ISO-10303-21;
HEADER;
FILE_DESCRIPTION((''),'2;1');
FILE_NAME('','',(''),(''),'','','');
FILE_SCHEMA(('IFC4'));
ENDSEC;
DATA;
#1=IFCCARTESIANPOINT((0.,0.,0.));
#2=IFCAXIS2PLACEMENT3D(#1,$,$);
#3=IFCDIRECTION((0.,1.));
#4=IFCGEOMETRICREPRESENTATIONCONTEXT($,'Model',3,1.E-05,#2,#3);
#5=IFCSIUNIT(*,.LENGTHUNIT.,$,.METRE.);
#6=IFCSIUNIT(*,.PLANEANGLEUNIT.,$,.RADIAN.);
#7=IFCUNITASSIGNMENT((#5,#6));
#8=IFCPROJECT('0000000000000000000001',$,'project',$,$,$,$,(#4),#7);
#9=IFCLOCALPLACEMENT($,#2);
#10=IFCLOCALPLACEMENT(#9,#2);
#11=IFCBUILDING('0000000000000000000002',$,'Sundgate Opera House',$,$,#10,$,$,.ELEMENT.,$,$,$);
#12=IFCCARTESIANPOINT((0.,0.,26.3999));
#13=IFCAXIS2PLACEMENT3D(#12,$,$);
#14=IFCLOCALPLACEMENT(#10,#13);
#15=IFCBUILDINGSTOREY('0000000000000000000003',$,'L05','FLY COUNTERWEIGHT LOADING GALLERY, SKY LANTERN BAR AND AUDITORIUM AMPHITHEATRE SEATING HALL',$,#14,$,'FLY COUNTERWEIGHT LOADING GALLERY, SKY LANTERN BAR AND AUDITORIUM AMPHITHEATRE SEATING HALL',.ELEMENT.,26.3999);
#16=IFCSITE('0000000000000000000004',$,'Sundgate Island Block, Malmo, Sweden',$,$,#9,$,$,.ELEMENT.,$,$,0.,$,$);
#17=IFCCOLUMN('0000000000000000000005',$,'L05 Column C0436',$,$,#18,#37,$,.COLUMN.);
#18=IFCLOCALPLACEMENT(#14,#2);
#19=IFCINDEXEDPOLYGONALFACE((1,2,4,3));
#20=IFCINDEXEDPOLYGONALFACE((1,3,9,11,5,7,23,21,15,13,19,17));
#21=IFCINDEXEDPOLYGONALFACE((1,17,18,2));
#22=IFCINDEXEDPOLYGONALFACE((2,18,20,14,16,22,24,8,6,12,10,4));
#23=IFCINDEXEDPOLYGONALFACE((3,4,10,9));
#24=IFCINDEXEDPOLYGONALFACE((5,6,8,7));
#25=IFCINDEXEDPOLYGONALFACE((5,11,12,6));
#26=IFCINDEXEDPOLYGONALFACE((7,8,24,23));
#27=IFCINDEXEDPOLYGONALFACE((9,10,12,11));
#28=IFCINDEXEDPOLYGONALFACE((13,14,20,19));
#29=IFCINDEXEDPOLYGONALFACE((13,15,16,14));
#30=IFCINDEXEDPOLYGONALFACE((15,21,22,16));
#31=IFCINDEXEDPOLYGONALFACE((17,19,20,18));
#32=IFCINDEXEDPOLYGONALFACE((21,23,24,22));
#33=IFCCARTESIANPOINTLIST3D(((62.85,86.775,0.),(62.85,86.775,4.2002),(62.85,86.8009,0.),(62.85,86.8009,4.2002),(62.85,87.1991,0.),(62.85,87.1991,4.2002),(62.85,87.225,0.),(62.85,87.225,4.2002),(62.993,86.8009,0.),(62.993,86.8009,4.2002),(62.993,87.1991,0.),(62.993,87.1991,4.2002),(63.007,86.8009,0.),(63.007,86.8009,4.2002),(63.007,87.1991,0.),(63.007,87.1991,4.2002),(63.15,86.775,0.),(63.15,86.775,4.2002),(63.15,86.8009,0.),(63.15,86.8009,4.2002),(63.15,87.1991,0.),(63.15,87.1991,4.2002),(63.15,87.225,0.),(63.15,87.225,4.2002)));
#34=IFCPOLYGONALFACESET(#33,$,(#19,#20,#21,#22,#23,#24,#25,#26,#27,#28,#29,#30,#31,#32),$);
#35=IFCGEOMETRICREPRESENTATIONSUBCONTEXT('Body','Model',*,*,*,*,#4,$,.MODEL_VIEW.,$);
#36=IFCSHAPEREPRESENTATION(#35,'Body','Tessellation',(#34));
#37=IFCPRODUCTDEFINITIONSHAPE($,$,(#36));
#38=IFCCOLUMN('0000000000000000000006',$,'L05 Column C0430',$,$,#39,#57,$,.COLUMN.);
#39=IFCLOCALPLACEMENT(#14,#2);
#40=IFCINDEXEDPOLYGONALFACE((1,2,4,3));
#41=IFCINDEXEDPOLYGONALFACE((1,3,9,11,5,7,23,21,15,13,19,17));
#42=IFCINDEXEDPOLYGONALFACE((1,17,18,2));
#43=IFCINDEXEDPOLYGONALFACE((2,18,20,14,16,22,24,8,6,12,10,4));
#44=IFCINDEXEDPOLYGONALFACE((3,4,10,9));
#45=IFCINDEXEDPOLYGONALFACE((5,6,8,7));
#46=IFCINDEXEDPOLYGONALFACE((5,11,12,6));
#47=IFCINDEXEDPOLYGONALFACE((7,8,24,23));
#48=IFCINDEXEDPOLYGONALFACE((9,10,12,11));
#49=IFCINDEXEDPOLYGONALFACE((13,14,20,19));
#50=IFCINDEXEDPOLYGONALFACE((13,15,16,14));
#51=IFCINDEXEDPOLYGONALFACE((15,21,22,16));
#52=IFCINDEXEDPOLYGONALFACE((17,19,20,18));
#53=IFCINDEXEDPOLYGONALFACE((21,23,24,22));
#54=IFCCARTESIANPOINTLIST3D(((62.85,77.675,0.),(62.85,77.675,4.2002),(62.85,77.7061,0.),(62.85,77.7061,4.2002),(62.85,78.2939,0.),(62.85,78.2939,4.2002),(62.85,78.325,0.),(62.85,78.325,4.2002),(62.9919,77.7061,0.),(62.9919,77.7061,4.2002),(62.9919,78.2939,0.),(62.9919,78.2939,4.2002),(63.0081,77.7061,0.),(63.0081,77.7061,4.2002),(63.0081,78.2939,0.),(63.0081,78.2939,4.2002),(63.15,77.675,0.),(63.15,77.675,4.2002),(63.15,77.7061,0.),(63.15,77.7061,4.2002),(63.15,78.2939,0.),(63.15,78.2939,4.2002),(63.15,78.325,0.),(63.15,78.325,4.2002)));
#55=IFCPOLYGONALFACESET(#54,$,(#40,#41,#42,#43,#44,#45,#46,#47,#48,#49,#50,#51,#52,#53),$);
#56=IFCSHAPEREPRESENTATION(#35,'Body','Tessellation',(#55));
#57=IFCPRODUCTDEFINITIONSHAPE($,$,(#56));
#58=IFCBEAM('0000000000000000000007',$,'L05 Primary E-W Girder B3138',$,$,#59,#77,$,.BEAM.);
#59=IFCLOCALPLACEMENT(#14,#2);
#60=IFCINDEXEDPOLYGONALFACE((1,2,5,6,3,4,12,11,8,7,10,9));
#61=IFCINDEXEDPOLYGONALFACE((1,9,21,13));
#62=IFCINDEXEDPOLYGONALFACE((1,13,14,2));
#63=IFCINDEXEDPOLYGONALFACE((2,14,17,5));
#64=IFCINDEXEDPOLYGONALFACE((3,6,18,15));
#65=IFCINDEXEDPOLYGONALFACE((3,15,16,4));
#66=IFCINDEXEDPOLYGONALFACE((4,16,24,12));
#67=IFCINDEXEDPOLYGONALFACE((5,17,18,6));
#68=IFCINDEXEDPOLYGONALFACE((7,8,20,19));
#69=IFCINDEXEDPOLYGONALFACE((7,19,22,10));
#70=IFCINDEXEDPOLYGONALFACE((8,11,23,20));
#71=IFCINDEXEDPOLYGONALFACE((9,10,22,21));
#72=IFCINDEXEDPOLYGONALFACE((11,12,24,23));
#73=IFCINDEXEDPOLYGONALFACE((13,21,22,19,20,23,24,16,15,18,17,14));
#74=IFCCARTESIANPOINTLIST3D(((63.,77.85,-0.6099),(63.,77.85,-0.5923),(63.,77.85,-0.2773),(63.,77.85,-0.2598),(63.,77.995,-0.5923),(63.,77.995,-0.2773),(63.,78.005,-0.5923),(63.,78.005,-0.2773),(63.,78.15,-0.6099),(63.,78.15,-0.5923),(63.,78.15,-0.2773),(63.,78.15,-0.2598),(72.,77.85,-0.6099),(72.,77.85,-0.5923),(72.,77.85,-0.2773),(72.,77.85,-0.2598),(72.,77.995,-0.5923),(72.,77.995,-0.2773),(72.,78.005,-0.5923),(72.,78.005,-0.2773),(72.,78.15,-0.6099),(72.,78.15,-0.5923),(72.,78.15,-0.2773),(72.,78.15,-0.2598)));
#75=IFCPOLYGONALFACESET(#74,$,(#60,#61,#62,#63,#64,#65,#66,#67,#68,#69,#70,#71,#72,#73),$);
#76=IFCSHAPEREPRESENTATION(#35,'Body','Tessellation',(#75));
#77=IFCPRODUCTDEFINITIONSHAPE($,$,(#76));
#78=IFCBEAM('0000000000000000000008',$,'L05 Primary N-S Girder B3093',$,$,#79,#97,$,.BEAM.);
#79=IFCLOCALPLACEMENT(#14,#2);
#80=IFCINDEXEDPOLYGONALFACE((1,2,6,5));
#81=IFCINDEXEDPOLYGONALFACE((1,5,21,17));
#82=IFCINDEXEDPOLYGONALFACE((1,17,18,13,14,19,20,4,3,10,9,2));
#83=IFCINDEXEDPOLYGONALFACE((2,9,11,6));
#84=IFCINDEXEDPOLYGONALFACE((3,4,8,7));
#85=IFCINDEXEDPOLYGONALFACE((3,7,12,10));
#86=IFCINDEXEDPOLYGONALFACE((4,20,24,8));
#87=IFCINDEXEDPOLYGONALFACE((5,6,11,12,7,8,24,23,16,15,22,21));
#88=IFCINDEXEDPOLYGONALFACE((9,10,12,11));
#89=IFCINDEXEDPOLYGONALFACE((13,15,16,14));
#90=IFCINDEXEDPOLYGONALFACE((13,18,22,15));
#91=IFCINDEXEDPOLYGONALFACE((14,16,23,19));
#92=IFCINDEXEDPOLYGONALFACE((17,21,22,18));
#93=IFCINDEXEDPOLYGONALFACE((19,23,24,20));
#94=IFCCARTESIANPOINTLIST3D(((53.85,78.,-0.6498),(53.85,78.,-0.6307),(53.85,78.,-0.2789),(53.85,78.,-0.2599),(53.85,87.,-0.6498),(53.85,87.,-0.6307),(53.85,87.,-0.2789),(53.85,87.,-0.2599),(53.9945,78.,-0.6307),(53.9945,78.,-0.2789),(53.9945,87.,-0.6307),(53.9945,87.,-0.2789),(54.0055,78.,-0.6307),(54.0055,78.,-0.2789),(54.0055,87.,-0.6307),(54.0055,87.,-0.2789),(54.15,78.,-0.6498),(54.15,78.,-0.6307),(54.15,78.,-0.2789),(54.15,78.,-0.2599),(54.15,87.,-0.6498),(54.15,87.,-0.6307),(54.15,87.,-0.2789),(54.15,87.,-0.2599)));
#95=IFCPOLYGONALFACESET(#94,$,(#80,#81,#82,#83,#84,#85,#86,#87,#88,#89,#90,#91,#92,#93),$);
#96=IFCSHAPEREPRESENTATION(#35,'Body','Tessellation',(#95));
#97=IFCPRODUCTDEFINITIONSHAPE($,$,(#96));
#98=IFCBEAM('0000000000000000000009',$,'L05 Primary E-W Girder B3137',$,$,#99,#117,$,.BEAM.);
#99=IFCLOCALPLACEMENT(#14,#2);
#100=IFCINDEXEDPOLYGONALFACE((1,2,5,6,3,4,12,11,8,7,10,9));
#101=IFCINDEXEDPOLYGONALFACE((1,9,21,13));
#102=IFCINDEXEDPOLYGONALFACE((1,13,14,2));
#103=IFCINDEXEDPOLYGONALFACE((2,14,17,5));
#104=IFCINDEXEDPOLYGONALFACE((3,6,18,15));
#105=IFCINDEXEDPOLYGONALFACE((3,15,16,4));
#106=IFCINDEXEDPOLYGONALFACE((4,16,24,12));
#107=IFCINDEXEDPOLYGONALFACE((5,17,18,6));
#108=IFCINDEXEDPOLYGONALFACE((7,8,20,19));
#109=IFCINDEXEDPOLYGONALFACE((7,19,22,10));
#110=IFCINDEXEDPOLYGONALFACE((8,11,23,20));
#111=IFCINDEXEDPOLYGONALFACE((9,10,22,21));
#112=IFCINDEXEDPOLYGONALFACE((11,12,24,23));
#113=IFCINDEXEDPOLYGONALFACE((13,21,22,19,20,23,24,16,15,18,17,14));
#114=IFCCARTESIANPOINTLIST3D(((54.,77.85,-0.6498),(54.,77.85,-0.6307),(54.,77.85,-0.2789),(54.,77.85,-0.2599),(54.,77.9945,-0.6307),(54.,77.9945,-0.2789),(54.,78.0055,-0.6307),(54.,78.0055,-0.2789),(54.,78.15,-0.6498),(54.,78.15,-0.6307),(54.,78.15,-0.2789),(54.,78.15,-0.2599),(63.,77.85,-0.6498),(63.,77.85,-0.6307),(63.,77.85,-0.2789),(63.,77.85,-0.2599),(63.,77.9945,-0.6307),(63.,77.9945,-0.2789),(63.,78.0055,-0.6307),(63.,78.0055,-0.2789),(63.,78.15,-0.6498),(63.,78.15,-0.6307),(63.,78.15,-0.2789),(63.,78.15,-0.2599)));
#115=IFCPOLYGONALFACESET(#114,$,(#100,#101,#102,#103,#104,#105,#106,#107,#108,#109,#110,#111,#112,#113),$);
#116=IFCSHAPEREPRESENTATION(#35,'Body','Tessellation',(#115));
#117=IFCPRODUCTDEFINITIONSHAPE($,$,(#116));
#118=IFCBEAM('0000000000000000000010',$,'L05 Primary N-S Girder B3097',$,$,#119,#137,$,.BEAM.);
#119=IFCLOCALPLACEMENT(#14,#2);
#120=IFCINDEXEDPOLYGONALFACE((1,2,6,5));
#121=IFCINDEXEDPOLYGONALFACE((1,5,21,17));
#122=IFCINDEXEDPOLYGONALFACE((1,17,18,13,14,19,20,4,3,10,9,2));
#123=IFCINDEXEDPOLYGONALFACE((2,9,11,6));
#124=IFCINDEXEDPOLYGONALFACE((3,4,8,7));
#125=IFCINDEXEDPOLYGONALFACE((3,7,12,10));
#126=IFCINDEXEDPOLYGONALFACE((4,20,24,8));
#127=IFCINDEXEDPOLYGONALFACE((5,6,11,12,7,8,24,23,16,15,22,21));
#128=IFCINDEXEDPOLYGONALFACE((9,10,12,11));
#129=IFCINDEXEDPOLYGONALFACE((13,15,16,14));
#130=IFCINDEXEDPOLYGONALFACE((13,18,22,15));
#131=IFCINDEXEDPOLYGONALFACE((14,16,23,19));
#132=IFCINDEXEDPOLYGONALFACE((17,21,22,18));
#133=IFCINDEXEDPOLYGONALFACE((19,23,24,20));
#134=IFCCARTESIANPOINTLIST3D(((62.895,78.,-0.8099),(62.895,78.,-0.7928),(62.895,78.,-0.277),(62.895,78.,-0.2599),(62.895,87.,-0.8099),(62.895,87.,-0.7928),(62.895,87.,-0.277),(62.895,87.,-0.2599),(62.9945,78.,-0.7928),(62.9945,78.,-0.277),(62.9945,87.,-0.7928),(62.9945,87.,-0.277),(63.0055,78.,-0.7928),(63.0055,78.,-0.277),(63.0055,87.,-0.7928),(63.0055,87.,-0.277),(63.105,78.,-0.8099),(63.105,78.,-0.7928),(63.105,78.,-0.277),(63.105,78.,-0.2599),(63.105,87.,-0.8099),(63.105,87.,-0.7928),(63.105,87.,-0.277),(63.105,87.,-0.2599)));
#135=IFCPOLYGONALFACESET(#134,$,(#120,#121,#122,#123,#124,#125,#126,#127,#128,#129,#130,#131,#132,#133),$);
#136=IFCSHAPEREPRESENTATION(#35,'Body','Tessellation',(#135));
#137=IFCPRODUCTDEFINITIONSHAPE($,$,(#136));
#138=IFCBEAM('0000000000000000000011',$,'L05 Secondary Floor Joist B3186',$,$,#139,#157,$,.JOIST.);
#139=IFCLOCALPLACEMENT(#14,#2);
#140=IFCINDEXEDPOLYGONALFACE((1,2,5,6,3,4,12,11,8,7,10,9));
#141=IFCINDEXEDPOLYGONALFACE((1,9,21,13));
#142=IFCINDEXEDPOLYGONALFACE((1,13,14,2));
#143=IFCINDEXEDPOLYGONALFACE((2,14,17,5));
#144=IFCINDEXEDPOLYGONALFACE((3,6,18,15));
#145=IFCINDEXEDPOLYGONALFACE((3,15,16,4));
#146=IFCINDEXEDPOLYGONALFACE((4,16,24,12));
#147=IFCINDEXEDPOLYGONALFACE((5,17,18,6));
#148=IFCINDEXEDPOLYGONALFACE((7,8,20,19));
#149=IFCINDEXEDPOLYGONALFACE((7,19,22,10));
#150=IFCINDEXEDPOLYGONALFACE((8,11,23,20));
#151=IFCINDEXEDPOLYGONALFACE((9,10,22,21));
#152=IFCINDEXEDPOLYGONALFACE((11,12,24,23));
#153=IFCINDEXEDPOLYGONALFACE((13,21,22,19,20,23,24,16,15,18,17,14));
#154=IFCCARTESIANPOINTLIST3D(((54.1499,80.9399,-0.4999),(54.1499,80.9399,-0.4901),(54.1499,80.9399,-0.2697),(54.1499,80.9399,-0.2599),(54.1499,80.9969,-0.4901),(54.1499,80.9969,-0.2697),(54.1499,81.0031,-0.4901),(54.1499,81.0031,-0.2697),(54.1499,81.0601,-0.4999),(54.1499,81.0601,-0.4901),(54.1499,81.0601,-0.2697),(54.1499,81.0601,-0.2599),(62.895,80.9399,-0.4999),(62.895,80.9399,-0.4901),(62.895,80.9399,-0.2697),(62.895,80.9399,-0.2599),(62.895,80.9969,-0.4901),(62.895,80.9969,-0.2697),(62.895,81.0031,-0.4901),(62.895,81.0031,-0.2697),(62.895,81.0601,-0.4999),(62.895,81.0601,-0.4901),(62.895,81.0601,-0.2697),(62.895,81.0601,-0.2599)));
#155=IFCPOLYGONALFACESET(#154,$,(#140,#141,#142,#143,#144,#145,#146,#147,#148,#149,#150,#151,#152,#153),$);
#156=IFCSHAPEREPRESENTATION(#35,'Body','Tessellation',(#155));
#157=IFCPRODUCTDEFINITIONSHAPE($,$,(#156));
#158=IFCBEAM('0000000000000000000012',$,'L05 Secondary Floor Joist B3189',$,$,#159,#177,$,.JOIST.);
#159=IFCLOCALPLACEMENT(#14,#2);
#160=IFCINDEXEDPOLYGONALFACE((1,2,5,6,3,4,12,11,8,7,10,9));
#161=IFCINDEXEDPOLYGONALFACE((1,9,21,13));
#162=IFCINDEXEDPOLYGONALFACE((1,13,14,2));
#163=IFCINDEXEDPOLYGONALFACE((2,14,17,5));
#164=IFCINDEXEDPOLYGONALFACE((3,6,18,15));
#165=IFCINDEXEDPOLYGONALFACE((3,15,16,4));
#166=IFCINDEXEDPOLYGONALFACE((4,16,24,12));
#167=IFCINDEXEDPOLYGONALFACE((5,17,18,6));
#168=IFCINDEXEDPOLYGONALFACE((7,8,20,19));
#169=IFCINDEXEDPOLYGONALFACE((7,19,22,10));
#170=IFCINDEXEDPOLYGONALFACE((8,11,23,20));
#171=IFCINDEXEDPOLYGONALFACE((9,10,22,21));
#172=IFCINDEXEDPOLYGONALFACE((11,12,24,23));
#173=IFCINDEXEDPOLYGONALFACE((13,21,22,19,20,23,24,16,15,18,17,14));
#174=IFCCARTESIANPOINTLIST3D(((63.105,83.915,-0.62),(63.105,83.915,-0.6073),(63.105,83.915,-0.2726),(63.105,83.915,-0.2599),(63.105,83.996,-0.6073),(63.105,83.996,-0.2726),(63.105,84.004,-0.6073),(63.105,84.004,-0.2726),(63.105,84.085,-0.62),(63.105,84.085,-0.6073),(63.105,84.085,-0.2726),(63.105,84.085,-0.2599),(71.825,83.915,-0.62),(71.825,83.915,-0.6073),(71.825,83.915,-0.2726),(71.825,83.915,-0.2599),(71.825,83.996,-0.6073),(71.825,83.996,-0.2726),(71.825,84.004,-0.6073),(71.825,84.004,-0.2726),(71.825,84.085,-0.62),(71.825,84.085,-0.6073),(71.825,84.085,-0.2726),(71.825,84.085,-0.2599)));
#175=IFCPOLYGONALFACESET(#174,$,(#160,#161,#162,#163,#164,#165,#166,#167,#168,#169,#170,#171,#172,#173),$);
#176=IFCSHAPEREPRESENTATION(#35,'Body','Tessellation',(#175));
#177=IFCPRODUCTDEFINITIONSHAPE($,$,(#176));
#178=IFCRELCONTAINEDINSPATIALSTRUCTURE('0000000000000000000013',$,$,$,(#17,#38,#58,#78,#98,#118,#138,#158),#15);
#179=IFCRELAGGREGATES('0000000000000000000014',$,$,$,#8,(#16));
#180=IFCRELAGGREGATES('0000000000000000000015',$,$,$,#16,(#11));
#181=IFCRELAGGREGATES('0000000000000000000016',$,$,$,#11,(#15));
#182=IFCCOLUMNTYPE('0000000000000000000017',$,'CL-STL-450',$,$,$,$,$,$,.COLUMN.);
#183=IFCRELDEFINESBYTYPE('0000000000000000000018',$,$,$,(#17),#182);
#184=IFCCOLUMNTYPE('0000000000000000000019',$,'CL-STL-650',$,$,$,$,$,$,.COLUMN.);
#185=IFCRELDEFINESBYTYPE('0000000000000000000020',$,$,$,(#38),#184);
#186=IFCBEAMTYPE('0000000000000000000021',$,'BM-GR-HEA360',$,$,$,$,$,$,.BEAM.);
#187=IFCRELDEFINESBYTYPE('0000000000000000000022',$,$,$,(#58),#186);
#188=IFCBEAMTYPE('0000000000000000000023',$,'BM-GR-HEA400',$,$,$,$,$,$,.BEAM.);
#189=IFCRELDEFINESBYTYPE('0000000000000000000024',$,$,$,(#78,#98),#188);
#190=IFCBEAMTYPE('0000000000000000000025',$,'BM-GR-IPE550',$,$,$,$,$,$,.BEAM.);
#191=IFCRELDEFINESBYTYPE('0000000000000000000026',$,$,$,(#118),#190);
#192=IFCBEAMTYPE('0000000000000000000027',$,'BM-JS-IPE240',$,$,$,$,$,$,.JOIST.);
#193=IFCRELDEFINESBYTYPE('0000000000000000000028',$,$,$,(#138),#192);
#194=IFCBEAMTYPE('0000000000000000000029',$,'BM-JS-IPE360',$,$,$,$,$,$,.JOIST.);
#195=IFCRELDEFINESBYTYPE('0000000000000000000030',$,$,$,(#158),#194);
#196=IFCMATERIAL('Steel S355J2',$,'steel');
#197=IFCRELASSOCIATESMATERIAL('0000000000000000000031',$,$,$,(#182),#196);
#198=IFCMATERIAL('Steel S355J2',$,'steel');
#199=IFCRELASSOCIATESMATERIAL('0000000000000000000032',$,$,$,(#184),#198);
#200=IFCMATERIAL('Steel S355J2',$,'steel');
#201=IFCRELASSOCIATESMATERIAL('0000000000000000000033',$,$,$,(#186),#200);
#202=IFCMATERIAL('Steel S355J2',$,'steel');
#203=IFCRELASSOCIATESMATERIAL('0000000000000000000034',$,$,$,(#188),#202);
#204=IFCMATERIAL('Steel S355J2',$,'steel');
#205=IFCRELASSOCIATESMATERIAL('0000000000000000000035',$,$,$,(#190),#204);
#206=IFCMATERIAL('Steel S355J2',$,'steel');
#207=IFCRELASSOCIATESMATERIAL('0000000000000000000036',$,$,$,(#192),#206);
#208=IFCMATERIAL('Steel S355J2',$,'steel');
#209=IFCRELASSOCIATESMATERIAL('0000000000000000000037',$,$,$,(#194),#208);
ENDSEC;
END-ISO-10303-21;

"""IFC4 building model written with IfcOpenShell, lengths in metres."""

from ifc_helpers import new_model, si_unit, direction, frame, origin, origin_2d, place, context, subcontext, project, spatial, i_section, extrude, material, material_profile, profile_set, type_object, element, save


model = new_model("IFC4")

# Units and contexts
model_context = context("Model", 3, precision=1e-05, world=origin(), true_north=direction((0.0, 1.0)))
body_context = subcontext(model_context, "Body", "Model", "MODEL_VIEW")
ifc_project = project(units=[si_unit("LENGTHUNIT", "METRE"), si_unit("PLANEANGLEUNIT", "RADIAN")], contexts=[model_context])

# Site, building, storey
site_placement = place(None, origin())
site = spatial("IfcSite", under=ifc_project, at=site_placement, Name="Sundgate Island Block, Malmo, Sweden", CompositionType="ELEMENT", RefElevation=0.0)
building_placement = place(site_placement, origin())
building = spatial("IfcBuilding", under=site, at=building_placement, Name="Sundgate Opera House", CompositionType="ELEMENT")
storey_placement = place(building_placement, frame((0.0, 0.0, 26.3999)))
storey = spatial("IfcBuildingStorey", under=building, at=storey_placement, Name="L05", Description="FLY COUNTERWEIGHT LOADING GALLERY, SKY LANTERN BAR AND AUDITORIUM AMPHITHEATRE SEATING HALL", LongName="FLY COUNTERWEIGHT LOADING GALLERY, SKY LANTERN BAR AND AUDITORIUM AMPHITHEATRE SEATING HALL", CompositionType="ELEMENT", Elevation=26.3999)

# Columns
ifc_material_1 = material(Name="Steel S355J2", Category="steel")
ifc_material_profile_1 = material_profile(ifc_material_1, i_section(OverallWidth=0.3, OverallDepth=0.45, WebThickness=0.0139, FlangeThickness=0.0259, at=origin_2d()), Name="HEB 450")
ifc_profile_set_1 = profile_set([ifc_material_profile_1], Name="Steel S355J2")
column_type_1 = type_object("IfcColumnType", Name="CL-STL-450", PredefinedType="COLUMN", material=ifc_profile_set_1)
column_1_placement = place(storey_placement, frame((63.0, 87.0, 0.0), z_axis=(0.0, 0.0, 1.0), x_axis=(1.0, 0.0, 0.0)))
element("IfcColumn", 1, at=column_1_placement, inside=storey, type_object=column_type_1, Name="L05 Column C0436", PredefinedType="COLUMN", context=body_context, shape_type="SweptSolid", body=[
    extrude(i_section(OverallWidth=0.3, OverallDepth=0.45, WebThickness=0.0139, FlangeThickness=0.0259, at=origin_2d()), origin(), (0.0, 0.0, 1.0), 4.2002),
])
ifc_material_2 = material(Name="Steel S355J2", Category="steel")
ifc_material_profile_2 = material_profile(ifc_material_2, i_section(OverallWidth=0.3, OverallDepth=0.6499, WebThickness=0.0161, FlangeThickness=0.031, at=origin_2d()), Name="HEB 650")
ifc_profile_set_2 = profile_set([ifc_material_profile_2], Name="Steel S355J2")
column_type_2 = type_object("IfcColumnType", Name="CL-STL-650", PredefinedType="COLUMN", material=ifc_profile_set_2)
column_2_placement = place(storey_placement, frame((63.0, 78.0, 0.0), z_axis=(0.0, 0.0, 1.0), x_axis=(1.0, 0.0, 0.0)))
element("IfcColumn", 2, at=column_2_placement, inside=storey, type_object=column_type_2, Name="L05 Column C0430", PredefinedType="COLUMN", context=body_context, shape_type="SweptSolid", body=[
    extrude(i_section(OverallWidth=0.3, OverallDepth=0.6499, WebThickness=0.0161, FlangeThickness=0.031, at=origin_2d()), origin(), (0.0, 0.0, 1.0), 4.2002),
])

# Beams
ifc_material_3 = material(Name="Steel S355J2", Category="steel")
ifc_material_profile_3 = material_profile(ifc_material_3, i_section(OverallWidth=0.3, OverallDepth=0.3501, WebThickness=0.01, FlangeThickness=0.0176, at=origin_2d()), Name="HEA 360")
ifc_profile_set_3 = profile_set([ifc_material_profile_3], Name="Steel S355J2")
beam_type_1 = type_object("IfcBeamType", Name="BM-GR-HEA360", PredefinedType="BEAM", material=ifc_profile_set_3)
beam_1_placement = place(storey_placement, frame((63.0, 78.0, -0.4348), z_axis=(1.0, 0.0, 0.0), x_axis=(0.0, 1.0, 0.0)))
element("IfcBeam", 3, at=beam_1_placement, inside=storey, type_object=beam_type_1, Name="L05 Primary E-W Girder B3138", PredefinedType="BEAM", context=body_context, shape_type="SweptSolid", body=[
    extrude(i_section(OverallWidth=0.3, OverallDepth=0.3501, WebThickness=0.01, FlangeThickness=0.0176, at=origin_2d()), origin(), (0.0, 0.0, 1.0), 9.0),
])
ifc_material_4 = material(Name="Steel S355J2", Category="steel")
ifc_material_profile_4 = material_profile(ifc_material_4, i_section(OverallWidth=0.3, OverallDepth=0.3899, WebThickness=0.011, FlangeThickness=0.019, at=origin_2d()), Name="HEA 400")
ifc_profile_set_4 = profile_set([ifc_material_profile_4], Name="Steel S355J2")
beam_type_2 = type_object("IfcBeamType", Name="BM-GR-HEA400", PredefinedType="BEAM", material=ifc_profile_set_4)
for number, where, z_axis, x_axis, name in (
    (4, (54.0, 78.0, -0.4548), (0.0, 1.0, 0.0), (-1.0, 0.0, 0.0), "L05 Primary N-S Girder B3093"),
    (5, (54.0, 78.0, -0.4548), (1.0, 0.0, 0.0), (0.0, 1.0, 0.0), "L05 Primary E-W Girder B3137"),
):
    element("IfcBeam", number, at=place(storey_placement, frame(where, z_axis=z_axis, x_axis=x_axis)), inside=storey, type_object=beam_type_2, Name=name, PredefinedType="BEAM", context=body_context, shape_type="SweptSolid", body=[
        extrude(i_section(OverallWidth=0.3, OverallDepth=0.3899, WebThickness=0.011, FlangeThickness=0.019, at=origin_2d()), origin(), (0.0, 0.0, 1.0), 9.0),
    ])
ifc_material_5 = material(Name="Steel S355J2", Category="steel")
ifc_material_profile_5 = material_profile(ifc_material_5, i_section(OverallWidth=0.21, OverallDepth=0.55, WebThickness=0.011, FlangeThickness=0.0171, at=origin_2d()), Name="IPE 550")
ifc_profile_set_5 = profile_set([ifc_material_profile_5], Name="Steel S355J2")
beam_type_3 = type_object("IfcBeamType", Name="BM-GR-IPE550", PredefinedType="BEAM", material=ifc_profile_set_5)
beam_2_placement = place(storey_placement, frame((63.0, 78.0, -0.5349), z_axis=(0.0, 1.0, 0.0), x_axis=(-1.0, 0.0, 0.0)))
element("IfcBeam", 6, at=beam_2_placement, inside=storey, type_object=beam_type_3, Name="L05 Primary N-S Girder B3097", PredefinedType="BEAM", context=body_context, shape_type="SweptSolid", body=[
    extrude(i_section(OverallWidth=0.21, OverallDepth=0.55, WebThickness=0.011, FlangeThickness=0.0171, at=origin_2d()), origin(), (0.0, 0.0, 1.0), 9.0),
])
ifc_material_6 = material(Name="Steel S355J2", Category="steel")
ifc_material_profile_6 = material_profile(ifc_material_6, i_section(OverallWidth=0.1201, OverallDepth=0.24, WebThickness=0.0061, FlangeThickness=0.0098, at=origin_2d()), Name="IPE 240")
ifc_profile_set_6 = profile_set([ifc_material_profile_6], Name="Steel S355J2")
beam_type_4 = type_object("IfcBeamType", Name="BM-JS-IPE240", PredefinedType="JOIST", material=ifc_profile_set_6)
beam_3_placement = place(storey_placement, frame((54.1499, 81.0, -0.3799), z_axis=(1.0, 0.0, 0.0), x_axis=(0.0, 1.0, 0.0)))
element("IfcBeam", 7, at=beam_3_placement, inside=storey, type_object=beam_type_4, Name="L05 Secondary Floor Joist B3186", PredefinedType="JOIST", context=body_context, shape_type="SweptSolid", body=[
    extrude(i_section(OverallWidth=0.1201, OverallDepth=0.24, WebThickness=0.0061, FlangeThickness=0.0098, at=origin_2d()), origin(), (0.0, 0.0, 1.0), 8.7451),
])
ifc_material_7 = material(Name="Steel S355J2", Category="steel")
ifc_material_profile_7 = material_profile(ifc_material_7, i_section(OverallWidth=0.1699, OverallDepth=0.3601, WebThickness=0.0081, FlangeThickness=0.0127, at=origin_2d()), Name="IPE 360")
ifc_profile_set_7 = profile_set([ifc_material_profile_7], Name="Steel S355J2")
beam_type_5 = type_object("IfcBeamType", Name="BM-JS-IPE360", PredefinedType="JOIST", material=ifc_profile_set_7)
beam_4_placement = place(storey_placement, frame((63.105, 84.0, -0.4399), z_axis=(1.0, 0.0, 0.0), x_axis=(0.0, 1.0, 0.0)))
element("IfcBeam", 8, at=beam_4_placement, inside=storey, type_object=beam_type_5, Name="L05 Secondary Floor Joist B3189", PredefinedType="JOIST", context=body_context, shape_type="SweptSolid", body=[
    extrude(i_section(OverallWidth=0.1699, OverallDepth=0.3601, WebThickness=0.0081, FlangeThickness=0.0127, at=origin_2d()), origin(), (0.0, 0.0, 1.0), 8.72),
])

save(model, "model.ifc")
